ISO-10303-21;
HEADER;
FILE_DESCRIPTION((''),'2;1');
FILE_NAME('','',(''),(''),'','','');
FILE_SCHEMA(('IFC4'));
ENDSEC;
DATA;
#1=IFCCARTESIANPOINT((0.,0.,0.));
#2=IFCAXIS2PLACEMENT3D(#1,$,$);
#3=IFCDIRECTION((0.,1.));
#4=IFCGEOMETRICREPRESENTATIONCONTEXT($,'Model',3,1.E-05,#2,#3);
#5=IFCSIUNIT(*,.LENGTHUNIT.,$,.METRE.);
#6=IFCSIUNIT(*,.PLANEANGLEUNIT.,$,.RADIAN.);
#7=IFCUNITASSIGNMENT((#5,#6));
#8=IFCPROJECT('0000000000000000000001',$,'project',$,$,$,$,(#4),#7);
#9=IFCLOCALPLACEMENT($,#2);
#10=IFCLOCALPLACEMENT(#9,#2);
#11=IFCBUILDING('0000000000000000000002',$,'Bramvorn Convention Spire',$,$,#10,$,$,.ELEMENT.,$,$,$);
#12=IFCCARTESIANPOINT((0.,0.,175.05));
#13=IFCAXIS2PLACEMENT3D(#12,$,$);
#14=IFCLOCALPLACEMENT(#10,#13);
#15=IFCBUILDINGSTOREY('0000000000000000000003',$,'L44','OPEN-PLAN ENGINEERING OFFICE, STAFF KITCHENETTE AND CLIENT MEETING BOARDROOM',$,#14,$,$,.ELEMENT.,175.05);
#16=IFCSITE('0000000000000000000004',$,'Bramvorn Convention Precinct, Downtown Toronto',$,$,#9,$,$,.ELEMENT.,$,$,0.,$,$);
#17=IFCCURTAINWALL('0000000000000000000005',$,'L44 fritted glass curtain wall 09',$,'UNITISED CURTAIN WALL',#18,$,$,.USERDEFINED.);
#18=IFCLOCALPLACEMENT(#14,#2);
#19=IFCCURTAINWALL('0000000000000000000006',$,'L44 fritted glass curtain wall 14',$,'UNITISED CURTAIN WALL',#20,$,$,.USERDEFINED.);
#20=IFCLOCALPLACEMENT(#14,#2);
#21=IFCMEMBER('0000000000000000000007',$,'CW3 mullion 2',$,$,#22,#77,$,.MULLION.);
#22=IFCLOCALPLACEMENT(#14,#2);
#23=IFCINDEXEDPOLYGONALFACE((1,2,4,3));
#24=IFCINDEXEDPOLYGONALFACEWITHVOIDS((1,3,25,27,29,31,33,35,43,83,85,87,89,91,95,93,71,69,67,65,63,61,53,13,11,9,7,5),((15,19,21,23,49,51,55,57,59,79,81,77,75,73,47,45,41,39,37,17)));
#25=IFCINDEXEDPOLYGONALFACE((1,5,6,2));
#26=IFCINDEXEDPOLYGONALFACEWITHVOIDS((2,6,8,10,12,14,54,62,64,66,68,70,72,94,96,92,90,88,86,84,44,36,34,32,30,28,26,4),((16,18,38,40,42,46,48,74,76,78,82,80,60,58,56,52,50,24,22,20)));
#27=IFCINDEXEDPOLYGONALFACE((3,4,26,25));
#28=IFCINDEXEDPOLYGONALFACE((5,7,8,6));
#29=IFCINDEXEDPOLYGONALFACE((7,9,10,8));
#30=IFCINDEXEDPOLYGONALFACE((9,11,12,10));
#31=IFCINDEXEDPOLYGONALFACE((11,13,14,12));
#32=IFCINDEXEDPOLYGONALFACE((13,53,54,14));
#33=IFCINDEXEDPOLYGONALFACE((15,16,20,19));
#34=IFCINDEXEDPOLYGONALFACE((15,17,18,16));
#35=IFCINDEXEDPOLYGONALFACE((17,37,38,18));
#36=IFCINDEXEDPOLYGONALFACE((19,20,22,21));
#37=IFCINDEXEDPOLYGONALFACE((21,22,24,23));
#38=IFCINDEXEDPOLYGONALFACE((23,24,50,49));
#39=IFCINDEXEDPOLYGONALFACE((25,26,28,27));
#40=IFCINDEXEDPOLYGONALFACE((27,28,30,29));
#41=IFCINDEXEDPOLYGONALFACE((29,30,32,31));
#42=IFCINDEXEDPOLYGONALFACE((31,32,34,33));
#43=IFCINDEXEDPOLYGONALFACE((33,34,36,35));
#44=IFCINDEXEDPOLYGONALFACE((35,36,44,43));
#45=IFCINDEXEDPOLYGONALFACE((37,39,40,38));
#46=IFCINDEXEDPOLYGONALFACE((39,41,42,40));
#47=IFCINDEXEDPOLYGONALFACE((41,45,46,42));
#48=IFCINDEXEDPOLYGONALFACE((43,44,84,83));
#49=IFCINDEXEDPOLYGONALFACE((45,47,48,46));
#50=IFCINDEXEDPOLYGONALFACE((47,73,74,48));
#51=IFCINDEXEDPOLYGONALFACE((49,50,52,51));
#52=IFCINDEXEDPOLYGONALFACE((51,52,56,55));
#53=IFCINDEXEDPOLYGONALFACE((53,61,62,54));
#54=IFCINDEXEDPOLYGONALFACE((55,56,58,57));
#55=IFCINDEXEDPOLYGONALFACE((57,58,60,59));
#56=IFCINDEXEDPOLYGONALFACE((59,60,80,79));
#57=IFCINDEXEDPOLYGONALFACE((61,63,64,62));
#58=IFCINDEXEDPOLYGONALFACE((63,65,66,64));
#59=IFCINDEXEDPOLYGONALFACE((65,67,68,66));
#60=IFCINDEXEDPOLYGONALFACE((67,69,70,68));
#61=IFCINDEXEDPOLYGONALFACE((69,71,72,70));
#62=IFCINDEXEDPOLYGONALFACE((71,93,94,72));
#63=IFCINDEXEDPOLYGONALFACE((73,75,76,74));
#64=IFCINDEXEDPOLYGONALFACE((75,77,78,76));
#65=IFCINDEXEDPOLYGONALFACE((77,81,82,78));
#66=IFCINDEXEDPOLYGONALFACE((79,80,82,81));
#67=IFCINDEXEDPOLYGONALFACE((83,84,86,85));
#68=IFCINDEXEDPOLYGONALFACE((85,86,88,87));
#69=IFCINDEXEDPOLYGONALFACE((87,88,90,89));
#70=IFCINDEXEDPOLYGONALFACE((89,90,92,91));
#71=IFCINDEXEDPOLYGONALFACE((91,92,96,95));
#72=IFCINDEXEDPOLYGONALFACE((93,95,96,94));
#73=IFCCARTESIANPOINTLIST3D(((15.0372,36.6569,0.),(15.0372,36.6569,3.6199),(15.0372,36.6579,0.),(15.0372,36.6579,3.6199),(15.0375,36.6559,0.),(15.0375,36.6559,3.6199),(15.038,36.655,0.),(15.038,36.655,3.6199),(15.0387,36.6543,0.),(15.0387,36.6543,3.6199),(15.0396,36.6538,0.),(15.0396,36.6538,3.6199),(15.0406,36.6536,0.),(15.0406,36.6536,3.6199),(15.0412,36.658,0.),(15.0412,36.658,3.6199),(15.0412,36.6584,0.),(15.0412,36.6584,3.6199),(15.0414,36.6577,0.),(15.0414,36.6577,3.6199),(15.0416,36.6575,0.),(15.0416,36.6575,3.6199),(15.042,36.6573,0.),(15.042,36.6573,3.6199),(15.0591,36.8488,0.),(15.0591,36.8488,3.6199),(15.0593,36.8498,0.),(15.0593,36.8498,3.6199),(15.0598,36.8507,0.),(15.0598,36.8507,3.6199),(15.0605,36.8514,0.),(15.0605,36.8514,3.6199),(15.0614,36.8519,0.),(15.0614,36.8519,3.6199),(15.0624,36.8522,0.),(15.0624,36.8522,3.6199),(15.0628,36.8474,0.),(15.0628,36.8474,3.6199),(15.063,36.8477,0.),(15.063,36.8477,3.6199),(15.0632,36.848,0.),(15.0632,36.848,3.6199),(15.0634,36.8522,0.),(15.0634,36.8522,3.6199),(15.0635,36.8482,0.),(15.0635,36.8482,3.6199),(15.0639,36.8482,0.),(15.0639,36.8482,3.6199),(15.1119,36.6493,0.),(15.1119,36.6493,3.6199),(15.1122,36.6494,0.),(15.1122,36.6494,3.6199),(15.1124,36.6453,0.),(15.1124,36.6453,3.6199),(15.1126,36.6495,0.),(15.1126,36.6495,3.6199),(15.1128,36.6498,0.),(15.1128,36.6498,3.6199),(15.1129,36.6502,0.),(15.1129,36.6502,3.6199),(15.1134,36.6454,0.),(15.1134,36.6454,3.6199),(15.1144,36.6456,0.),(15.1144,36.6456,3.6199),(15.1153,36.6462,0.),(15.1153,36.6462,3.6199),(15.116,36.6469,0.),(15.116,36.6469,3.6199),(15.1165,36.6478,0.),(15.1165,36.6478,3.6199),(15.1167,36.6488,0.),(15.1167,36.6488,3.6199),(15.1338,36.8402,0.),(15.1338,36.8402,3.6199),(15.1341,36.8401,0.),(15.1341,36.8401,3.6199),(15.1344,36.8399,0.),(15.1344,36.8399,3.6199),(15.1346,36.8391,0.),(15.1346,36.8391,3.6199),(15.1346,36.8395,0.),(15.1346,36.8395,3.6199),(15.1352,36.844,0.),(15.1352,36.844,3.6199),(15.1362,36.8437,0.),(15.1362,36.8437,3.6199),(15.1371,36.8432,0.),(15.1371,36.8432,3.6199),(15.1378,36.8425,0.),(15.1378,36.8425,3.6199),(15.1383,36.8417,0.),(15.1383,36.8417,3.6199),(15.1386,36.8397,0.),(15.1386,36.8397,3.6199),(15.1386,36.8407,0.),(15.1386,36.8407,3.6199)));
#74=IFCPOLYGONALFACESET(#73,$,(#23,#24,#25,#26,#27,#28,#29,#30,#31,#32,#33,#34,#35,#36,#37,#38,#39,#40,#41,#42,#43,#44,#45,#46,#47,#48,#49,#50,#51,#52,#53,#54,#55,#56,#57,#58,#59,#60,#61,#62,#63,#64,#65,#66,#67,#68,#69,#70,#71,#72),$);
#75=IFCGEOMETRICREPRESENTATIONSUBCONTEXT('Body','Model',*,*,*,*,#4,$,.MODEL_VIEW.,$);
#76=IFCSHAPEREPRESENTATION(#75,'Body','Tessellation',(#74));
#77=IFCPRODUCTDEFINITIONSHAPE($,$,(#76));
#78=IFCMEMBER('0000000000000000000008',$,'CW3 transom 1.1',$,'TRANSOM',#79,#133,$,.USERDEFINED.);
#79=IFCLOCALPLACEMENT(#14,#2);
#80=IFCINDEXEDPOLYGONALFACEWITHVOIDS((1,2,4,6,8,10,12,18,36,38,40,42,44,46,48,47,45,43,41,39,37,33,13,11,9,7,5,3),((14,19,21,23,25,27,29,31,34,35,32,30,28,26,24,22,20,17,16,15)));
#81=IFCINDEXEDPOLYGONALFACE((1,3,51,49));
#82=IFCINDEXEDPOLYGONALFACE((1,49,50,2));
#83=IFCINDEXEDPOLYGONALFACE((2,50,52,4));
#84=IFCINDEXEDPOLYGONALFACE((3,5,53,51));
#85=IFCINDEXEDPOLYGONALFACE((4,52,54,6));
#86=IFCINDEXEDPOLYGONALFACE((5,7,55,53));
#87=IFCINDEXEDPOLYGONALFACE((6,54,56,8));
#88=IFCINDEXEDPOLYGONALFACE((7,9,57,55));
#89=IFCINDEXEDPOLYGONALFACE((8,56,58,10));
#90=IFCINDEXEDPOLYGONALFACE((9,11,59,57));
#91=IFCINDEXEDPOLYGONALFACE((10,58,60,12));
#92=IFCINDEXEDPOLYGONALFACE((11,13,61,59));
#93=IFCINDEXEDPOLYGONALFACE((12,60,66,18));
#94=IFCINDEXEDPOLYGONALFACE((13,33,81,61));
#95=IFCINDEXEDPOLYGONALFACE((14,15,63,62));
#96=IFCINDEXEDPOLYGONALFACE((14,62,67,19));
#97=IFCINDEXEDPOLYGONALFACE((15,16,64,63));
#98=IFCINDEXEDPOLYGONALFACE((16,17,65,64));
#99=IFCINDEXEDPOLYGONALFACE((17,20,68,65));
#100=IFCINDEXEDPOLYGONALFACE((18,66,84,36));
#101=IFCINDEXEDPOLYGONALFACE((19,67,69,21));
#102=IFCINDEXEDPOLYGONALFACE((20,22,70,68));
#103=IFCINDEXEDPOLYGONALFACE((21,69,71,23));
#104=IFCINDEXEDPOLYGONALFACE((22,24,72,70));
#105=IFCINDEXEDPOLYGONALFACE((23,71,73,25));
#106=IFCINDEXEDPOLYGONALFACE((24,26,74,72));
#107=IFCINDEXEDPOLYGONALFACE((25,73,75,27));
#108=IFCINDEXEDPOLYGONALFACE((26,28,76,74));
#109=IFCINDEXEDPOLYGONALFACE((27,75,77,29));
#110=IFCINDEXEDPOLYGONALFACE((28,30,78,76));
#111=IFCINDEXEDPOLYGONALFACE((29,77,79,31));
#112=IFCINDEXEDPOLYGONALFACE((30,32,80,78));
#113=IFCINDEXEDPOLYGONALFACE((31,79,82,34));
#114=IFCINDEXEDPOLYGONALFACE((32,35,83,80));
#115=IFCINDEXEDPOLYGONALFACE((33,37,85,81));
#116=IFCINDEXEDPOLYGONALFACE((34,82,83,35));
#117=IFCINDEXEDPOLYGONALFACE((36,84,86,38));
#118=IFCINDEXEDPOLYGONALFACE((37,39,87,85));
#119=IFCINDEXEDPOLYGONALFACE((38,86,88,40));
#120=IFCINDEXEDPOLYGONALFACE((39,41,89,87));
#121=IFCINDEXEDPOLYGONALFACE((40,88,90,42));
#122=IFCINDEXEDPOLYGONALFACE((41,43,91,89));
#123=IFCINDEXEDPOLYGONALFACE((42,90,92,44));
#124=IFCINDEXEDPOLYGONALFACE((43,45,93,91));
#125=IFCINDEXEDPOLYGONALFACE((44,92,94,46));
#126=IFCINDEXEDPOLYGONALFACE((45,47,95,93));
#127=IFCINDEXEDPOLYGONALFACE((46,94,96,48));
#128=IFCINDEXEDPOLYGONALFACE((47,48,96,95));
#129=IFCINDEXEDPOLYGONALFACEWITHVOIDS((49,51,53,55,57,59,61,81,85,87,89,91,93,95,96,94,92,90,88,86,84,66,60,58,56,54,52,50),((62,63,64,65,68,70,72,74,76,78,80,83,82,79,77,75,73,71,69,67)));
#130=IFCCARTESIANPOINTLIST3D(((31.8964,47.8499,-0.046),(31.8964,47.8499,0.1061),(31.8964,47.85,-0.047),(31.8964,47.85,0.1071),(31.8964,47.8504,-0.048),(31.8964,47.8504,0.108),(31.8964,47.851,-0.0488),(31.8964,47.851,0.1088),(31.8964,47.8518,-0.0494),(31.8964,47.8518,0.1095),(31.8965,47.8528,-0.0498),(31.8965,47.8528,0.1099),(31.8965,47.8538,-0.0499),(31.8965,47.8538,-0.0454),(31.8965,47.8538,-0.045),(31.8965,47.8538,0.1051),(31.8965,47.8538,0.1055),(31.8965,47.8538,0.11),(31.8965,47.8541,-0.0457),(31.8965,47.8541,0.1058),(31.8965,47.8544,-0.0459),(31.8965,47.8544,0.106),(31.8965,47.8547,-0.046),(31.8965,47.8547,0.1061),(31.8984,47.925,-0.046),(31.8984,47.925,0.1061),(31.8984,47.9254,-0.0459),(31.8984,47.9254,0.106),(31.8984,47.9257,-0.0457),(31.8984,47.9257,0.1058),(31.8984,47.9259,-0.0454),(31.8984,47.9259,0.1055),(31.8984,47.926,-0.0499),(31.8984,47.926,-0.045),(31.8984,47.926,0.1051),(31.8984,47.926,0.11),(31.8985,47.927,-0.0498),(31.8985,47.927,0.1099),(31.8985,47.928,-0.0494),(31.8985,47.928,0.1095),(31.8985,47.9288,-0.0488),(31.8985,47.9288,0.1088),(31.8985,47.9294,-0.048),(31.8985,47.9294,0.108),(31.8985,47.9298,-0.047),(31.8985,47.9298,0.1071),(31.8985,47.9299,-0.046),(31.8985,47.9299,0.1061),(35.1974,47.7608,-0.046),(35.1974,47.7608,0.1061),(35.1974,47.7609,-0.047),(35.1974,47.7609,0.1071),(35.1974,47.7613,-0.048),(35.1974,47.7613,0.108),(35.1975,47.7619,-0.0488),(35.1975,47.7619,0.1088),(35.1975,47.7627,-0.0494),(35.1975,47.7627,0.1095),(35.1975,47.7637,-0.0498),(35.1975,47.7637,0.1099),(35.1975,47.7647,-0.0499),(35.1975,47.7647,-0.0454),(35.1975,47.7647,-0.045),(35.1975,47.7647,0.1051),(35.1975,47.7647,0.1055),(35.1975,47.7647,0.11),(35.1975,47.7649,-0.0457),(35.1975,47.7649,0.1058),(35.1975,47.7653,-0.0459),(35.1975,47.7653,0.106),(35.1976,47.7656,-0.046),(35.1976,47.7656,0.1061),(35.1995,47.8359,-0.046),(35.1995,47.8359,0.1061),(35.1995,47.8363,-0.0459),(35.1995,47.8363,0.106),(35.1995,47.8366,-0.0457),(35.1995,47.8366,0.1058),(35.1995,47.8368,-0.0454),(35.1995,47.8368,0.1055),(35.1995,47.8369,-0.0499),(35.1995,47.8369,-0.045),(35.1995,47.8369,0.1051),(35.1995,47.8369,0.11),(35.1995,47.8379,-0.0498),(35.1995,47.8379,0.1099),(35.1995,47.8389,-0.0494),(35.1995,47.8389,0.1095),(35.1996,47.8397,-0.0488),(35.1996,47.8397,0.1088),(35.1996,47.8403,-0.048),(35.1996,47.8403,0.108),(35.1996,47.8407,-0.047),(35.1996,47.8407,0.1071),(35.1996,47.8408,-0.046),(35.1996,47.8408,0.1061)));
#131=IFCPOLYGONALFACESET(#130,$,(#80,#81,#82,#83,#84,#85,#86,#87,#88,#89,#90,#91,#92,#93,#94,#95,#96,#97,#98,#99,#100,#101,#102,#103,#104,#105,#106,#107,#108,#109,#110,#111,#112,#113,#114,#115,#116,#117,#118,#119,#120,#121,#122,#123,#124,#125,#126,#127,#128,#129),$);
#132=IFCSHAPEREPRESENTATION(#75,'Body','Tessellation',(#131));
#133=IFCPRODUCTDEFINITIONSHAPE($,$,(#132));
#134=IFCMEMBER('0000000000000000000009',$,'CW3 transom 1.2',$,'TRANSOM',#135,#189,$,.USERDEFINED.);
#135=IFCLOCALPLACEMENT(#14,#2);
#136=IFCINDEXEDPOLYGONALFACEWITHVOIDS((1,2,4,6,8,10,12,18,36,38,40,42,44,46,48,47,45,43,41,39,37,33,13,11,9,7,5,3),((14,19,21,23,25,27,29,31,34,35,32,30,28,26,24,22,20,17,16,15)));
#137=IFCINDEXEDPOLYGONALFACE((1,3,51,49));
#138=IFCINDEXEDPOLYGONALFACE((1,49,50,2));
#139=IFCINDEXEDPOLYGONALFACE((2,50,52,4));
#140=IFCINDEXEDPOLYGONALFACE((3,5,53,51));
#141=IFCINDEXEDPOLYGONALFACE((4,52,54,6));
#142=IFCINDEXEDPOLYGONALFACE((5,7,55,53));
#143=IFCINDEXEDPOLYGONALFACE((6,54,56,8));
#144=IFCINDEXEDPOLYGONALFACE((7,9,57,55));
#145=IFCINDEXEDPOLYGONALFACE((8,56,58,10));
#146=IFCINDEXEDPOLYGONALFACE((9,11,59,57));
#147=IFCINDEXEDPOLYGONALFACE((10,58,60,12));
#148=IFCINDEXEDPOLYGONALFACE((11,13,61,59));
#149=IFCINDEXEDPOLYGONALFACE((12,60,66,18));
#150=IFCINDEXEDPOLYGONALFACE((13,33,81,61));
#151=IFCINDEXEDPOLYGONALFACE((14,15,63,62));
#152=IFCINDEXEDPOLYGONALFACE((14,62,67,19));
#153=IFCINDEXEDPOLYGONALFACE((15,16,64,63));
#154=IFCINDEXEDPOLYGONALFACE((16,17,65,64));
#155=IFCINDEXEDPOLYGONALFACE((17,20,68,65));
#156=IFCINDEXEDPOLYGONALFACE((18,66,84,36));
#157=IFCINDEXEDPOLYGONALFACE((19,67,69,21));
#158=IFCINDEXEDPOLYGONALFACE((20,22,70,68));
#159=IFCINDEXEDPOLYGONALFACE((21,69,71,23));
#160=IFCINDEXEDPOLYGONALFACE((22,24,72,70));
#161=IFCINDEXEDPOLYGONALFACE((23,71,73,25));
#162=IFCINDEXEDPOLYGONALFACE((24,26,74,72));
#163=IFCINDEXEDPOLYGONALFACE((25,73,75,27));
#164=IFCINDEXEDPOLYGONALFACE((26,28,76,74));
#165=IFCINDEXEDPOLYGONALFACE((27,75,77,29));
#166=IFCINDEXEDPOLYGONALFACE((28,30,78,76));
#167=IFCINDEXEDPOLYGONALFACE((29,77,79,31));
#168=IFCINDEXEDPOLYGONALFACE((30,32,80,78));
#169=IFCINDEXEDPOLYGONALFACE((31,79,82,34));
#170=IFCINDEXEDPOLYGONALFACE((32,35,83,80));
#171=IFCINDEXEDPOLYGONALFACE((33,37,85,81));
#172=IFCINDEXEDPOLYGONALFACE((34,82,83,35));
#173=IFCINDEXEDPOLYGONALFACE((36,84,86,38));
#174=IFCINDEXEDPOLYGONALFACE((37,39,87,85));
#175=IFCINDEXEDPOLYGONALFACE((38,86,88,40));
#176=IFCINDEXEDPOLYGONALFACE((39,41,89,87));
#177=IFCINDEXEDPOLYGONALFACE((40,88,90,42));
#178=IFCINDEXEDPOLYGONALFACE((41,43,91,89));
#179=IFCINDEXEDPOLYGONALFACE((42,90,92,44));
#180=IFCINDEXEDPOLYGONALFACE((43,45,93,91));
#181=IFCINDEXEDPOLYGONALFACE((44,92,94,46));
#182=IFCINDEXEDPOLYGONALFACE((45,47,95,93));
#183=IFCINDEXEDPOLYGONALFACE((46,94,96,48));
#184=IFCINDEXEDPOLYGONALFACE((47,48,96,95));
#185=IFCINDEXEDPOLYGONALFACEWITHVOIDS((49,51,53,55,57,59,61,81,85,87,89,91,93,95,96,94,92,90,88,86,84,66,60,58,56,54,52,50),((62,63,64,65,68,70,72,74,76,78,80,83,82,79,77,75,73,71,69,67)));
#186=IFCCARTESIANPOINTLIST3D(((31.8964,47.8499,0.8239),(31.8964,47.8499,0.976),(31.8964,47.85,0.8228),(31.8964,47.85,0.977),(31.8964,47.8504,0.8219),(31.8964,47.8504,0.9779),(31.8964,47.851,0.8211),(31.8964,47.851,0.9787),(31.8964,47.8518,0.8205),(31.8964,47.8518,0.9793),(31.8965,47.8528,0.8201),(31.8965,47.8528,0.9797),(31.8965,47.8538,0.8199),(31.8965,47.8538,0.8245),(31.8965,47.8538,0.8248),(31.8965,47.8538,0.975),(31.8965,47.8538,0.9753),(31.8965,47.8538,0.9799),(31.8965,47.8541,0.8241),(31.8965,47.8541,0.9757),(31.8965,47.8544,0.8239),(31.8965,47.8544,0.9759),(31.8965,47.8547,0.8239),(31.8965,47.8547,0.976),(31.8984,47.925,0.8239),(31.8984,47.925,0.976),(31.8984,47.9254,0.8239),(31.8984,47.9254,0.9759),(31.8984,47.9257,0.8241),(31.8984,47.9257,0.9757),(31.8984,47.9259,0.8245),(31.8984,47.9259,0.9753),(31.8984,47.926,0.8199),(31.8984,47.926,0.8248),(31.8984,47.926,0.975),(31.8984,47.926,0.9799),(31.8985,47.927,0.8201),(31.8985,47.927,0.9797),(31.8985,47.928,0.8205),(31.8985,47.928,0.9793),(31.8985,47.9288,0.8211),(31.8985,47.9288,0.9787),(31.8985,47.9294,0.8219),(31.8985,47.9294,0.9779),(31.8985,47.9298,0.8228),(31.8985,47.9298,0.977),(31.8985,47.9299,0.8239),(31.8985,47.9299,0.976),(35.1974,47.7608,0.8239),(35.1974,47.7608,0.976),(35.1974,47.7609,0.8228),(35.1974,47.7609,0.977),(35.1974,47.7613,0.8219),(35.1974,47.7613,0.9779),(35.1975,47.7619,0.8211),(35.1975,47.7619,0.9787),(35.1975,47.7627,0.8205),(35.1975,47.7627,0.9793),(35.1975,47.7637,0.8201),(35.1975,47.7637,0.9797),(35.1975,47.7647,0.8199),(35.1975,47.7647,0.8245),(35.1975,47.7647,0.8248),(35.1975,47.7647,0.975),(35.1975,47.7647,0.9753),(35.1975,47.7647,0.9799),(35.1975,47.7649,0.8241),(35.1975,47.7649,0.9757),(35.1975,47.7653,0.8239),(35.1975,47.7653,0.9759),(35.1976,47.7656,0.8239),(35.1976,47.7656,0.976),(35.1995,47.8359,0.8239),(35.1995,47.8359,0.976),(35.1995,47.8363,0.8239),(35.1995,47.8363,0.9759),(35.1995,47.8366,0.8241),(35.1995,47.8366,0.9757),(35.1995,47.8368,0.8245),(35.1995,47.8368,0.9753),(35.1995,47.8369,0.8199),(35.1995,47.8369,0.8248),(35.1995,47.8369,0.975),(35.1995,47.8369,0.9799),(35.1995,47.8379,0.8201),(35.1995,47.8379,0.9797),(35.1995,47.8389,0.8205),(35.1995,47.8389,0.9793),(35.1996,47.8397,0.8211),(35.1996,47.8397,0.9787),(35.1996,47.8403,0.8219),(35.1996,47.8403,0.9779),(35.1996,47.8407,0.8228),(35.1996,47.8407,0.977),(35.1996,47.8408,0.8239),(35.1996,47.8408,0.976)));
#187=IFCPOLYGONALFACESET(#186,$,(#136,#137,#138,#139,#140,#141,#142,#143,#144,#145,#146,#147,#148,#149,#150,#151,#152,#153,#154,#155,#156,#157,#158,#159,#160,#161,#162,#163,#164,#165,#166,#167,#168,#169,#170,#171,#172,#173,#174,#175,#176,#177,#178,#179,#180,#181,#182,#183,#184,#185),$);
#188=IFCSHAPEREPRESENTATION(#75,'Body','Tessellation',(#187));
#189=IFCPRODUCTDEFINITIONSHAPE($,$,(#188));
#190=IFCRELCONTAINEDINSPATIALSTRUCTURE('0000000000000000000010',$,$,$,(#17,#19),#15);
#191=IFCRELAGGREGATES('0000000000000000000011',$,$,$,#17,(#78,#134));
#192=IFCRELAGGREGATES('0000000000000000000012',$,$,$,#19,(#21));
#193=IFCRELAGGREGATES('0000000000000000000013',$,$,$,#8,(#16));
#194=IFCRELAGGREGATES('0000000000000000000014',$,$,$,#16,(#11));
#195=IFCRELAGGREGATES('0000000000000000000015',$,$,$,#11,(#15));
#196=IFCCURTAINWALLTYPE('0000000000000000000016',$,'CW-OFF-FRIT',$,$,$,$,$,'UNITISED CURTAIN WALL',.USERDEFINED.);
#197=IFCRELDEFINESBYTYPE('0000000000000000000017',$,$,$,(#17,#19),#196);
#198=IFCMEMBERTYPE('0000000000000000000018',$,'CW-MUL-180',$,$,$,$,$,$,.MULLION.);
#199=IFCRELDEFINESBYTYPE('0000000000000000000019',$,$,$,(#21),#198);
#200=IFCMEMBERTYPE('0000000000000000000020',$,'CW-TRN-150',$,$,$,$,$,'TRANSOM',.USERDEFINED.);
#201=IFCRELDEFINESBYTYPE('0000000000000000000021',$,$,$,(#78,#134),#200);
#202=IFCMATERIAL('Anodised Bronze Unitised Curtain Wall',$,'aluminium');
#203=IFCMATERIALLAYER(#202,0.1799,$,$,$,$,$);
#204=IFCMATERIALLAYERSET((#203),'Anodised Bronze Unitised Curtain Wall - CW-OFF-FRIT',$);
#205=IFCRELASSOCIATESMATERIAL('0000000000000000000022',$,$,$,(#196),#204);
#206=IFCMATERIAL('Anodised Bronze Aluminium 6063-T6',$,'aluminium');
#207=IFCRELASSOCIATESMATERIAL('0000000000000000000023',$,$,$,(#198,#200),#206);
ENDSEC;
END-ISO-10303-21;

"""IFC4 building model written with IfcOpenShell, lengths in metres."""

from ifc_helpers import new_model, si_unit, direction, frame, origin, origin_2d, place, context, subcontext, project, spatial, hollow_rectangle, extrude, material, layer, layer_set, material_profile, profile_set, type_object, element, aggregate, save


model = new_model("IFC4")

# Units and contexts
model_context = context("Model", 3, precision=1e-05, world=origin(), true_north=direction((0.0, 1.0)))
body_context = subcontext(model_context, "Body", "Model", "MODEL_VIEW")
ifc_project = project(units=[si_unit("LENGTHUNIT", "METRE"), si_unit("PLANEANGLEUNIT", "RADIAN")], contexts=[model_context])

# Site, building, storey
site_placement = place(None, origin())
site = spatial("IfcSite", under=ifc_project, at=site_placement, Name="Bramvorn Convention Precinct, Downtown Toronto", CompositionType="ELEMENT", RefElevation=0.0)
building_placement = place(site_placement, origin())
building = spatial("IfcBuilding", under=site, at=building_placement, Name="Bramvorn Convention Spire", CompositionType="ELEMENT")
storey_placement = place(building_placement, frame((0.0, 0.0, 175.05)))
storey = spatial("IfcBuildingStorey", under=building, at=storey_placement, Name="L44", Description="OPEN-PLAN ENGINEERING OFFICE, STAFF KITCHENETTE AND CLIENT MEETING BOARDROOM", CompositionType="ELEMENT", Elevation=175.05)

# Curtain walls, member
ifc_material_1 = material(Name="Anodised Bronze Unitised Curtain Wall", Category="aluminium")
ifc_layer_1 = layer(ifc_material_1, 0.1799)
ifc_layer_set_1 = layer_set([ifc_layer_1], Name="Anodised Bronze Unitised Curtain Wall - CW-OFF-FRIT")
curtain_wall_type = type_object("IfcCurtainWallType", Name="CW-OFF-FRIT", ElementType="UNITISED CURTAIN WALL", PredefinedType="USERDEFINED", material=ifc_layer_set_1)
curtain_wall_1_placement = place(storey_placement, origin())
curtain_wall_1 = element("IfcCurtainWall", 1, at=curtain_wall_1_placement, inside=storey, type_object=curtain_wall_type, Name="L44 fritted glass curtain wall 09", ObjectType="UNITISED CURTAIN WALL", PredefinedType="USERDEFINED")
ifc_material_2 = material(Name="Anodised Bronze Aluminium 6063-T6", Category="aluminium")
ifc_material_profile_1 = material_profile(ifc_material_2, hollow_rectangle(XDim=0.0801, YDim=0.2, WallThickness=0.0039, InnerFilletRadius=0.001, OuterFilletRadius=0.0039, at=origin_2d()))
ifc_profile_set_1 = profile_set([ifc_material_profile_1], Name="Anodised Bronze Aluminium 6063-T6 - CWM80X200")
member_type_1 = type_object("IfcMemberType", Name="CW-MUL-180", PredefinedType="MULLION", material=ifc_profile_set_1)
curtain_wall_2_placement = place(storey_placement, origin())
curtain_wall_2 = element("IfcCurtainWall", 2, at=curtain_wall_2_placement, inside=storey, type_object=curtain_wall_type, Name="L44 fritted glass curtain wall 14", ObjectType="UNITISED CURTAIN WALL", PredefinedType="USERDEFINED")
member_1_placement = place(storey_placement, frame((15.0879, 36.7488, 0.0), z_axis=(0.0, 0.0, 1.0), x_axis=(-0.99348, 0.114008, 0.0)))
member_1 = element("IfcMember", 3, at=member_1_placement, type_object=member_type_1, Name="CW3 mullion 2", PredefinedType="MULLION", context=body_context, shape_type="SweptSolid", body=[
    extrude(hollow_rectangle(XDim=0.0801, YDim=0.2, WallThickness=0.0039, InnerFilletRadius=0.001, OuterFilletRadius=0.0039, at=origin_2d()), origin(), (0.0, 0.0, 1.0), 3.6199),
])

# Members
ifc_material_profile_2 = material_profile(ifc_material_2, hollow_rectangle(XDim=0.0801, YDim=0.1599, WallThickness=0.0039, InnerFilletRadius=0.001, OuterFilletRadius=0.0039, at=origin_2d()))
ifc_profile_set_2 = profile_set([ifc_material_profile_2], Name="Anodised Bronze Aluminium 6063-T6 - CWT80X160")
member_type_2 = type_object("IfcMemberType", Name="CW-TRN-150", ElementType="TRANSOM", PredefinedType="USERDEFINED", material=ifc_profile_set_2)
member_2_placement = place(storey_placement, frame((31.8975, 47.8899, 0.03), z_axis=(0.999636, -0.026985, 0.0), x_axis=(0.026985, 0.999636, 0.0)))
member_2 = element("IfcMember", 4, at=member_2_placement, type_object=member_type_2, Name="CW3 transom 1.1", ObjectType="TRANSOM", PredefinedType="USERDEFINED", context=body_context, shape_type="SweptSolid", body=[
    extrude(hollow_rectangle(XDim=0.0801, YDim=0.1599, WallThickness=0.0039, InnerFilletRadius=0.001, OuterFilletRadius=0.0039, at=origin_2d()), origin(), (0.0, 0.0, 1.0), 3.3022),
])
member_3_placement = place(storey_placement, frame((31.8975, 47.8899, 0.8999), z_axis=(0.999636, -0.026985, 0.0), x_axis=(0.026985, 0.999636, 0.0)))
member_3 = element("IfcMember", 5, at=member_3_placement, type_object=member_type_2, Name="CW3 transom 1.2", ObjectType="TRANSOM", PredefinedType="USERDEFINED", context=body_context, shape_type="SweptSolid", body=[
    extrude(hollow_rectangle(XDim=0.0801, YDim=0.1599, WallThickness=0.0039, InnerFilletRadius=0.001, OuterFilletRadius=0.0039, at=origin_2d()), origin(), (0.0, 0.0, 1.0), 3.3022),
])

aggregate(curtain_wall_1, [member_2, member_3])
aggregate(curtain_wall_2, [member_1])

save(model, "model.ifc")
